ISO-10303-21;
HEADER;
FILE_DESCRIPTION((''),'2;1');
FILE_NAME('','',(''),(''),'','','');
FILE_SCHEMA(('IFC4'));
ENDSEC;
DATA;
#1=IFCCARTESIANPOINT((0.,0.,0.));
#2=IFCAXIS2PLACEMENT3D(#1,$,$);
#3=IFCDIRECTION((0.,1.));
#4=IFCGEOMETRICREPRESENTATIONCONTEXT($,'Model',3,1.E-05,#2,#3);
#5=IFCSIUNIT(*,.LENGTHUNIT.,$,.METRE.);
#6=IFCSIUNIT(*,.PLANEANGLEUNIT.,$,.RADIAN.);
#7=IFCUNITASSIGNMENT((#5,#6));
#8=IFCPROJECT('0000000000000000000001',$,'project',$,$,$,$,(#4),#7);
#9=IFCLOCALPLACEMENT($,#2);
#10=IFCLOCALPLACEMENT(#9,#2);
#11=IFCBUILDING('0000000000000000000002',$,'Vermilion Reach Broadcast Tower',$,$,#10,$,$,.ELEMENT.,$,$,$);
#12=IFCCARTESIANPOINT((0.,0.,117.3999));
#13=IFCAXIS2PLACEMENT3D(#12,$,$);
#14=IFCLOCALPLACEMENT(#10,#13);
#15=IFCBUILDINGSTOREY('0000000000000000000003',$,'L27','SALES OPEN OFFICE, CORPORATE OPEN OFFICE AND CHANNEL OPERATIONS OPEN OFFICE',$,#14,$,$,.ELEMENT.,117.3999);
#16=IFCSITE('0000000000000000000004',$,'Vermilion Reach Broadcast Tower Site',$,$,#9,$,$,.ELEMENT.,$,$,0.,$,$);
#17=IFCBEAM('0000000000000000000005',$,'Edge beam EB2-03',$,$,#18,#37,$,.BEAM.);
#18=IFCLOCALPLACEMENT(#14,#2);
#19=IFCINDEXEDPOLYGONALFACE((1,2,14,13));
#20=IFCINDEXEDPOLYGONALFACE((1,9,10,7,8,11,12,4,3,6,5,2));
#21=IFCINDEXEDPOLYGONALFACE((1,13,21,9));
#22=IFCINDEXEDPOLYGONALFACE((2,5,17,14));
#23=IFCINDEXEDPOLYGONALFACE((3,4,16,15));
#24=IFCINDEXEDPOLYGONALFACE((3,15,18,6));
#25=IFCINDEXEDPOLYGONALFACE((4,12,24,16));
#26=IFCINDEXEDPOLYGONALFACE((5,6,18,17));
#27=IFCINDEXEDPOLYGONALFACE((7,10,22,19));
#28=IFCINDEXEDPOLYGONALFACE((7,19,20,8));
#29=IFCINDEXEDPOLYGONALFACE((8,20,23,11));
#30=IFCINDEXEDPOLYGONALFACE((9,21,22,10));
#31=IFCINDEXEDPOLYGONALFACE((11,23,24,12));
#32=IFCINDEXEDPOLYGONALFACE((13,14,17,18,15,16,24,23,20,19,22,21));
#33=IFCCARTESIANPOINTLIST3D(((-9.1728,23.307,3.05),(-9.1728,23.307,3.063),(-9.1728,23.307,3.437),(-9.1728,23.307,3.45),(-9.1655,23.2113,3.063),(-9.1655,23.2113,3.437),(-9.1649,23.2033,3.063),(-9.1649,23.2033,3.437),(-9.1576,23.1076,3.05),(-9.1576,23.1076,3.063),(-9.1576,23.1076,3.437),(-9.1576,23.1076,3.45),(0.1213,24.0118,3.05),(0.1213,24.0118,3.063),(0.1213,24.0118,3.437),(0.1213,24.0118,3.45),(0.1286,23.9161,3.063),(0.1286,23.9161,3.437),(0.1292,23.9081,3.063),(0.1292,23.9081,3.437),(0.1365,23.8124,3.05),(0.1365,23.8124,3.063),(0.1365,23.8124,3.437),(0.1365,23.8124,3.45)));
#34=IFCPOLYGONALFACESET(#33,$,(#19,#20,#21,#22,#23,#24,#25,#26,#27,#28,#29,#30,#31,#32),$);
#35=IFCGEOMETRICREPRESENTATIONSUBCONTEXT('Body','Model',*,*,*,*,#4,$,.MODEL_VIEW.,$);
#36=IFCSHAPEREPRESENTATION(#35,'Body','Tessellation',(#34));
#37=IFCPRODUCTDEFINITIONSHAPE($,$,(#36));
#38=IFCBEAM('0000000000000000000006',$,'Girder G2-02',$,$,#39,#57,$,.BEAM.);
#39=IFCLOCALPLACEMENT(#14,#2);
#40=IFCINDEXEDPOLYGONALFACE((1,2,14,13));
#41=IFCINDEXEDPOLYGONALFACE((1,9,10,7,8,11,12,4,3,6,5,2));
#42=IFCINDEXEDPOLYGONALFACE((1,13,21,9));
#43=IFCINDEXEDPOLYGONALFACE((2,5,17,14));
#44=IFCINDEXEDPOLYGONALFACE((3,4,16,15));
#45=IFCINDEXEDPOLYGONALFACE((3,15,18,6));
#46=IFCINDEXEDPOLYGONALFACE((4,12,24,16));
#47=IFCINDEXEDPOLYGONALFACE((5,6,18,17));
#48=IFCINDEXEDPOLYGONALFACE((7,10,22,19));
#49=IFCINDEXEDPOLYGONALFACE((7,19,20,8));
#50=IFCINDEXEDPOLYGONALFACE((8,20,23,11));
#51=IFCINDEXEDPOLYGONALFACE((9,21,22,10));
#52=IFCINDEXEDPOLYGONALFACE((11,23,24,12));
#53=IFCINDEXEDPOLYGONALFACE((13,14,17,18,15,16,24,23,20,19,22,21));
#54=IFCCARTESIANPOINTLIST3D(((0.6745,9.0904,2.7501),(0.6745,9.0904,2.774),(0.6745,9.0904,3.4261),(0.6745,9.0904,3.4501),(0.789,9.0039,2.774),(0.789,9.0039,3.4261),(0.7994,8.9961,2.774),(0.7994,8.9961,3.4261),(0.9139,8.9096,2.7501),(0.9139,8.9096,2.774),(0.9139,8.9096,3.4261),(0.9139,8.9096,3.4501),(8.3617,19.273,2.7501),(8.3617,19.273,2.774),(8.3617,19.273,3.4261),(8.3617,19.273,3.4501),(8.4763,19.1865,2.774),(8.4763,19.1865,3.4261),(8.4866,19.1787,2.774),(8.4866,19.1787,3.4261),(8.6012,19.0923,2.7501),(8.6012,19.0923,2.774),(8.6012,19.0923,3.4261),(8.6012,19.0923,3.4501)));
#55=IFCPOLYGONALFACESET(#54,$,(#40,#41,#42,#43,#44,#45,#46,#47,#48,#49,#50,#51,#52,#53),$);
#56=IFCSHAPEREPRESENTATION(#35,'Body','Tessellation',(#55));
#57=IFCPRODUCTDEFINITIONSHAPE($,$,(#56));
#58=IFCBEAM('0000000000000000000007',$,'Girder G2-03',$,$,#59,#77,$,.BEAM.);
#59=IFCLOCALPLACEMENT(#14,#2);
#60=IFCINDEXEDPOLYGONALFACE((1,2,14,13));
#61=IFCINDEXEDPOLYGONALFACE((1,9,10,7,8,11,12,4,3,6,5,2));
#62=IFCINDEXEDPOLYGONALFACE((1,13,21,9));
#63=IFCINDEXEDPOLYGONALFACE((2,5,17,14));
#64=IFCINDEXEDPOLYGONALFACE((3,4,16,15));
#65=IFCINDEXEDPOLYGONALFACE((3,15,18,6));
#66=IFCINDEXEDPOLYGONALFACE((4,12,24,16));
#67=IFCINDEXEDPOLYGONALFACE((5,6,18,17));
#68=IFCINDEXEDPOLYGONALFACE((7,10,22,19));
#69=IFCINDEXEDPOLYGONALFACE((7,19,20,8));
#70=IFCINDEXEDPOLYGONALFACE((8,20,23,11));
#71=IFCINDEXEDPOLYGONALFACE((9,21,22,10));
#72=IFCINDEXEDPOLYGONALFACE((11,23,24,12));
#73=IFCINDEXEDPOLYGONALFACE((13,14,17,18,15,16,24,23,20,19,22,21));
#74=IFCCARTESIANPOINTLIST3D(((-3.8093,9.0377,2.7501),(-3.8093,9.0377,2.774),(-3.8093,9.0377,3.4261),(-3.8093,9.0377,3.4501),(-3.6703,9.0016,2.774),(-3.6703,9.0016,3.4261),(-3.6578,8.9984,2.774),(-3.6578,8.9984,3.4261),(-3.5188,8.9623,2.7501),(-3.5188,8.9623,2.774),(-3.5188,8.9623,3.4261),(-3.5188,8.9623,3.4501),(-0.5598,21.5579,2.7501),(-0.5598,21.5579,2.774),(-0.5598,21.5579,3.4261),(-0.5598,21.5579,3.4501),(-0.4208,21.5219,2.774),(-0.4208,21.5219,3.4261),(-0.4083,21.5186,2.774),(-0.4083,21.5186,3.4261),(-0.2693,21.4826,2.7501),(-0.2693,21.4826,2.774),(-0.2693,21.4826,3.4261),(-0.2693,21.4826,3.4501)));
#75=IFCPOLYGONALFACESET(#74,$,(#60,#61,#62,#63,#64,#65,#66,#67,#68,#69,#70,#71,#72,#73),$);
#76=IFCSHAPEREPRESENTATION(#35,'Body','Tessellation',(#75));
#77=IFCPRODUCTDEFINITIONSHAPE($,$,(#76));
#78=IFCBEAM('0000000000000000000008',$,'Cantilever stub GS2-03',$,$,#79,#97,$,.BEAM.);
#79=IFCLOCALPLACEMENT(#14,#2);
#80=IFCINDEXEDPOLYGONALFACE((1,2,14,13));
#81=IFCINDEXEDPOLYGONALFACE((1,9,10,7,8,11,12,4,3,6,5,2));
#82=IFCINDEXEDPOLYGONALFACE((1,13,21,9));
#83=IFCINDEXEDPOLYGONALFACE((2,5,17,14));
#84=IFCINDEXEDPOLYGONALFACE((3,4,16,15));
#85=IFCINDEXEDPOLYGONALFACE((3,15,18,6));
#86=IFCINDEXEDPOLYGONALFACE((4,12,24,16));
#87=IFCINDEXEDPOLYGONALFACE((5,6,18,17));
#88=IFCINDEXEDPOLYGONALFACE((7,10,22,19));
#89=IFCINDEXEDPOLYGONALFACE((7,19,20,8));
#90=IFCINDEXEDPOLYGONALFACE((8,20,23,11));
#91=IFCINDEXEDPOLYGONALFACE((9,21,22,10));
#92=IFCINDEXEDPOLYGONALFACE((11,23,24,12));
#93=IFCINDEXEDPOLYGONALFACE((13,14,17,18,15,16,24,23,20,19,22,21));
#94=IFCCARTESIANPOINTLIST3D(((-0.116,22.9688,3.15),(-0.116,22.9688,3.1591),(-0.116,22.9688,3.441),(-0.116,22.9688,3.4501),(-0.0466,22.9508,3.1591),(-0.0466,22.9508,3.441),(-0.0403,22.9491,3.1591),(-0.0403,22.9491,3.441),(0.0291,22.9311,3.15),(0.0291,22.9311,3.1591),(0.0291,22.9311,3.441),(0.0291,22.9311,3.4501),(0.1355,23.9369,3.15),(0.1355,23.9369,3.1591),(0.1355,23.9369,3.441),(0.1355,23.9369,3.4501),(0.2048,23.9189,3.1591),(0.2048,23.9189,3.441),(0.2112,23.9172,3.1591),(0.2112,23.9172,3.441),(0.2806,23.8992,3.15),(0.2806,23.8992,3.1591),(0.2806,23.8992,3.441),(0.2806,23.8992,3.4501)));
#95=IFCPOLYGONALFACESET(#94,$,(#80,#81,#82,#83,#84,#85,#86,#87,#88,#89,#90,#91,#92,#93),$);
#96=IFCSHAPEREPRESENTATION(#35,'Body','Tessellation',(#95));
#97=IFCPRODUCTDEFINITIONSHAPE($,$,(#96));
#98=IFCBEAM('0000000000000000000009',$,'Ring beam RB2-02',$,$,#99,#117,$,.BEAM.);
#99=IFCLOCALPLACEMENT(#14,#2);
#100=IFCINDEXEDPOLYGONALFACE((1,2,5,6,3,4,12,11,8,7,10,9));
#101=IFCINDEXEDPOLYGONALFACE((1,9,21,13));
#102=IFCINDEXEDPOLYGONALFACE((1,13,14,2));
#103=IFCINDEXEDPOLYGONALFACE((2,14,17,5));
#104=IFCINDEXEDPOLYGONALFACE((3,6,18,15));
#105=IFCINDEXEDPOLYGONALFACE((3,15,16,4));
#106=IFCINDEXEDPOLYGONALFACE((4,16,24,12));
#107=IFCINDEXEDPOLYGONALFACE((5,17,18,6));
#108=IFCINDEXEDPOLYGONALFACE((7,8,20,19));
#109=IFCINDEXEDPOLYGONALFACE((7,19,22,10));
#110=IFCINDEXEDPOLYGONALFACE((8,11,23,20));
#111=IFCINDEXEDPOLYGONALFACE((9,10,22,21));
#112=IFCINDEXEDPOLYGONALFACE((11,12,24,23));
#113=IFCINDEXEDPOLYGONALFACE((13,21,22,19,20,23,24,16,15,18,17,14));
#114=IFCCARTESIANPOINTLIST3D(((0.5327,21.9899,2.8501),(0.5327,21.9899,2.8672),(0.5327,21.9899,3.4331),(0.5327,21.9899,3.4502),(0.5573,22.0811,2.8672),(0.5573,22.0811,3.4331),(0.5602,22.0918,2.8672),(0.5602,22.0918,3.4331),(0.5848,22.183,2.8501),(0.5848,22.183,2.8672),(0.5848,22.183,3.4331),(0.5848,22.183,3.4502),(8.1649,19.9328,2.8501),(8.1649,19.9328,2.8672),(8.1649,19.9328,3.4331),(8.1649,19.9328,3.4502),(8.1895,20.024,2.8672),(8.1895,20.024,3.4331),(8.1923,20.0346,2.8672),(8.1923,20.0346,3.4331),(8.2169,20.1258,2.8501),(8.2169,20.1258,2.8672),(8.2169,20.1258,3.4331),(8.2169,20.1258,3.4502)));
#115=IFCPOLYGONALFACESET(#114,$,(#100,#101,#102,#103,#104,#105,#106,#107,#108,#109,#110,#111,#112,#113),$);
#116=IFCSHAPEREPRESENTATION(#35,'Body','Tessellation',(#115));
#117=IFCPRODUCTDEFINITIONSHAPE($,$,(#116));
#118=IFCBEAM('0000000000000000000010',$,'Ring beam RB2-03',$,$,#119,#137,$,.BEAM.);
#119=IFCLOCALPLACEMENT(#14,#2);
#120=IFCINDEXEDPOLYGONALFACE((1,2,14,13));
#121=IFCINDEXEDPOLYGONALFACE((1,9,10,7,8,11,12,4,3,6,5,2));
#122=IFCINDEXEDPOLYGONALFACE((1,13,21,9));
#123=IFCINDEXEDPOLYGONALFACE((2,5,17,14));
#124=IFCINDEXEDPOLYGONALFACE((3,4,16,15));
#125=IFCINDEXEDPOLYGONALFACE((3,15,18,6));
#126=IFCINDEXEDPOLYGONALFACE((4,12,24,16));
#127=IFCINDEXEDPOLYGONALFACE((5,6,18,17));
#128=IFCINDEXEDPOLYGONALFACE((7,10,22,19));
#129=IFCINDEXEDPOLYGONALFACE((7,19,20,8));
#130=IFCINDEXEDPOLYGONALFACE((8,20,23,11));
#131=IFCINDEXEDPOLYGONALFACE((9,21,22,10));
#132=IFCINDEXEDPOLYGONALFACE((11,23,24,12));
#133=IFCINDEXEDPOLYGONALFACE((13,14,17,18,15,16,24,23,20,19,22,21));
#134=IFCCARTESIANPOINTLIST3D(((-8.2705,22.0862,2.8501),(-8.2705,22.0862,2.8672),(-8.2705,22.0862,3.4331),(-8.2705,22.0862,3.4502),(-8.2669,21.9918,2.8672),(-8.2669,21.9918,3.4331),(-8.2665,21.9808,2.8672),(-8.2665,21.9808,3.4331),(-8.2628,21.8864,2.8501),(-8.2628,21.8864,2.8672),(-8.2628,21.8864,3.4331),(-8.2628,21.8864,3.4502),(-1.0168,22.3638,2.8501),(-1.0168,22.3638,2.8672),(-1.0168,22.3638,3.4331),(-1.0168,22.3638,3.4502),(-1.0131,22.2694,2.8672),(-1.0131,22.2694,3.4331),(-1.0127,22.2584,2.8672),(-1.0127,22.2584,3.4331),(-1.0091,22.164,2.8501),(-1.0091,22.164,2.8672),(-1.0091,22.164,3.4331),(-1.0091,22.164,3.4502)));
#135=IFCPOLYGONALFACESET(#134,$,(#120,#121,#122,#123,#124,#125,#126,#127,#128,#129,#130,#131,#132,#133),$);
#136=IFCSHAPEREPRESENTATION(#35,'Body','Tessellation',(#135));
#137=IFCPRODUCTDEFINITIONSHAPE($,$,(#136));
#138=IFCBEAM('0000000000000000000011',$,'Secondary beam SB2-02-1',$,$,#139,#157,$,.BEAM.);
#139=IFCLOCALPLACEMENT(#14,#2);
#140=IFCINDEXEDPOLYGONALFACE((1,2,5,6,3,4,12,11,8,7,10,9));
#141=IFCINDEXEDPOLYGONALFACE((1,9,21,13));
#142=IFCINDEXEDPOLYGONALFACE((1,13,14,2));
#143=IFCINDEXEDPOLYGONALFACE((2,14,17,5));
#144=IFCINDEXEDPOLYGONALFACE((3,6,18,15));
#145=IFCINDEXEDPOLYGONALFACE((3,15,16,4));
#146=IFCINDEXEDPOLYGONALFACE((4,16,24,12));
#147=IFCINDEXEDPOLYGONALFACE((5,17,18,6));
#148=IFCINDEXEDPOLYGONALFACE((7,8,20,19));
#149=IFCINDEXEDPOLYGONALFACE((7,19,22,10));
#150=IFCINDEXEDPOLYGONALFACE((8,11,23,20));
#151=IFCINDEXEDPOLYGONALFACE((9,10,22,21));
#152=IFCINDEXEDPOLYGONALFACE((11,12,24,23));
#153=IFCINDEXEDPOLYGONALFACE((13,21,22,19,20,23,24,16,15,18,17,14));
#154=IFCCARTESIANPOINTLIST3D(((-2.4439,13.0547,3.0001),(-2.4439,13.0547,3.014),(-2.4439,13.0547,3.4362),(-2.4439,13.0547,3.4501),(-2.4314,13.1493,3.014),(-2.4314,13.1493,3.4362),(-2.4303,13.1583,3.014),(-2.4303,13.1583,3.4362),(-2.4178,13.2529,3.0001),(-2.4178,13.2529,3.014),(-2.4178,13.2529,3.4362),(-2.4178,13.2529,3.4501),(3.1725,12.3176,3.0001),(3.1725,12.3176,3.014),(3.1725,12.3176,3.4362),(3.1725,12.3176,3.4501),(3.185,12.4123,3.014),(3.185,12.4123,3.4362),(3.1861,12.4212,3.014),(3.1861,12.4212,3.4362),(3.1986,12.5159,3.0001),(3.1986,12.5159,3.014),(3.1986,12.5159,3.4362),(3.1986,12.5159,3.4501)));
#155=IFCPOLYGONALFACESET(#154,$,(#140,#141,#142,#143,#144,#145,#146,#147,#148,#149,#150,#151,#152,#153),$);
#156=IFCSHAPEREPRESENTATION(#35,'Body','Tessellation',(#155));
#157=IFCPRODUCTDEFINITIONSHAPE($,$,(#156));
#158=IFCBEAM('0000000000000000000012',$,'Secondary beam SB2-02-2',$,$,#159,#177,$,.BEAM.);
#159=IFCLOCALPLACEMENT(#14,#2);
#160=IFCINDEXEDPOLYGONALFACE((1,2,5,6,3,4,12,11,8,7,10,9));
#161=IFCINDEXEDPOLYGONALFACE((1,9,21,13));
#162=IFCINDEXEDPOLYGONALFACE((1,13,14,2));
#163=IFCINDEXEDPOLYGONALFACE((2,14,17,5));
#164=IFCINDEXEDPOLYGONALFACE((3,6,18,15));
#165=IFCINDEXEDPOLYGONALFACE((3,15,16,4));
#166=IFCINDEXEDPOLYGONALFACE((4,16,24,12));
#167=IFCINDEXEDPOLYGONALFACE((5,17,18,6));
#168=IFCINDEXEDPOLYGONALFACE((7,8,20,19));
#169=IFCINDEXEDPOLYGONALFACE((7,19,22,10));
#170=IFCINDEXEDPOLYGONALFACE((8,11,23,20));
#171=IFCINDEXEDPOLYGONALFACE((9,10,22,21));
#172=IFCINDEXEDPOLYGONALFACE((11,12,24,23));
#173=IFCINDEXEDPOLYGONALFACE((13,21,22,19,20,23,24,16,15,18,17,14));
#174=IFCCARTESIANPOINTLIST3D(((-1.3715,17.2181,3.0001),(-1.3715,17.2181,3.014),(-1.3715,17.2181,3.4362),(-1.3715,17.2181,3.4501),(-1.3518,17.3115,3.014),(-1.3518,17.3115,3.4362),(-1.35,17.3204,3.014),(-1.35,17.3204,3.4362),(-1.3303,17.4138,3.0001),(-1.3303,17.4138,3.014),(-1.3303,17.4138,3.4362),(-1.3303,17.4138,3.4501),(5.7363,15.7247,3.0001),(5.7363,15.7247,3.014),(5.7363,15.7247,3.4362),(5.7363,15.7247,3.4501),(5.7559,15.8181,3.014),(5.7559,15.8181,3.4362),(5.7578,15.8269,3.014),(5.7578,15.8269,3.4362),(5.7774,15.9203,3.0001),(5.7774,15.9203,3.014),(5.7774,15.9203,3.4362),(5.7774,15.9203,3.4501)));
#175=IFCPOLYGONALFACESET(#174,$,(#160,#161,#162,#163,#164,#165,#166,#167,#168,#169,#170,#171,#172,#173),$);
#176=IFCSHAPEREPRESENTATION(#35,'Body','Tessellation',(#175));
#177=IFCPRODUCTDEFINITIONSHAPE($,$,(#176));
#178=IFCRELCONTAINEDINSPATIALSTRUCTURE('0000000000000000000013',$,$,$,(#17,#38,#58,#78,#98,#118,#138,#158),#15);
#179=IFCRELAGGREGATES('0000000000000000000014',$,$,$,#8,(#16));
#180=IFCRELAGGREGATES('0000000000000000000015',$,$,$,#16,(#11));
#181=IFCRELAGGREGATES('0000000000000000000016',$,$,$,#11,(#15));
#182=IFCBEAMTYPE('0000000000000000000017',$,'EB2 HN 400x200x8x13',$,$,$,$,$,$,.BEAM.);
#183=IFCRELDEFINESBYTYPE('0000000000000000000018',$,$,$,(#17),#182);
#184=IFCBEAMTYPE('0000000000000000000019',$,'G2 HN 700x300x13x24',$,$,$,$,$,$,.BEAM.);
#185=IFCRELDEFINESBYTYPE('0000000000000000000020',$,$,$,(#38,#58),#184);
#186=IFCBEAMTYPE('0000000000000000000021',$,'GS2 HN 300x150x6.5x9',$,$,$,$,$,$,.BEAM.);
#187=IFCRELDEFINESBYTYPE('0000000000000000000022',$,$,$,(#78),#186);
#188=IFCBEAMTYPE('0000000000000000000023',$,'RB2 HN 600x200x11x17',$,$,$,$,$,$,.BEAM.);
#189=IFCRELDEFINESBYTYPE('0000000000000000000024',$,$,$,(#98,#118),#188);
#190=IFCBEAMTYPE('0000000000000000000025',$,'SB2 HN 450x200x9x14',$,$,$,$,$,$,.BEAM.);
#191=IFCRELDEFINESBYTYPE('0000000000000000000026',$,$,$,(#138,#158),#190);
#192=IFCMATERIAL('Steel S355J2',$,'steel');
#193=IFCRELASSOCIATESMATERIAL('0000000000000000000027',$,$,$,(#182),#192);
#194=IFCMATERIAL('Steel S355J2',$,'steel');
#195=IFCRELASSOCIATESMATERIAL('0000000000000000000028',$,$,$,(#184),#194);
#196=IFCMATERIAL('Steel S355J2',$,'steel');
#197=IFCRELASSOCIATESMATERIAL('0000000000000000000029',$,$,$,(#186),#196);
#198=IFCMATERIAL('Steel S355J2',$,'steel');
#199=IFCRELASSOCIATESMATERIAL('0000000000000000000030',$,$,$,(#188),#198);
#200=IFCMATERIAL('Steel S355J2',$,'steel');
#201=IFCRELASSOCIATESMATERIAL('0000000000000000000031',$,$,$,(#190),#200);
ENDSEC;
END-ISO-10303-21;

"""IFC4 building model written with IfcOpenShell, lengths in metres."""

from ifc_helpers import new_model, si_unit, direction, frame, origin, origin_2d, place, context, subcontext, project, spatial, i_section, extrude, material, material_profile, profile_set, type_object, element, save


model = new_model("IFC4")

# Units and contexts
model_context = context("Model", 3, precision=1e-05, world=origin(), true_north=direction((0.0, 1.0)))
body_context = subcontext(model_context, "Body", "Model", "MODEL_VIEW")
ifc_project = project(units=[si_unit("LENGTHUNIT", "METRE"), si_unit("PLANEANGLEUNIT", "RADIAN")], contexts=[model_context])

# Site, building, storey
site_placement = place(None, origin())
site = spatial("IfcSite", under=ifc_project, at=site_placement, Name="Vermilion Reach Broadcast Tower Site", CompositionType="ELEMENT", RefElevation=0.0)
building_placement = place(site_placement, origin())
building = spatial("IfcBuilding", under=site, at=building_placement, Name="Vermilion Reach Broadcast Tower", CompositionType="ELEMENT")
storey_placement = place(building_placement, frame((0.0, 0.0, 117.3999)))
storey = spatial("IfcBuildingStorey", under=building, at=storey_placement, Name="L27", Description="SALES OPEN OFFICE, CORPORATE OPEN OFFICE AND CHANNEL OPERATIONS OPEN OFFICE", CompositionType="ELEMENT", Elevation=117.3999)

# Beams
ifc_material_1 = material(Name="Steel S355J2", Category="steel")
ifc_material_profile_1 = material_profile(ifc_material_1, i_section(OverallWidth=0.2, OverallDepth=0.3999, WebThickness=0.0081, FlangeThickness=0.0129, at=origin_2d()), Name="S355J2 HN 400x200x8x13")
ifc_profile_set_1 = profile_set([ifc_material_profile_1], Name="Steel S355J2")
beam_type_1 = type_object("IfcBeamType", Name="EB2 HN 400x200x8x13", PredefinedType="BEAM", material=ifc_profile_set_1)
beam_1_placement = place(storey_placement, frame((0.1289, 23.9121, 3.25), z_axis=(-0.997137, -0.075619, 0.0), x_axis=(0.075619, -0.997137, 0.0)))
element("IfcBeam", 1, at=beam_1_placement, inside=storey, type_object=beam_type_1, Name="Edge beam EB2-03", PredefinedType="BEAM", context=body_context, shape_type="SweptSolid", body=[
    extrude(i_section(OverallWidth=0.2, OverallDepth=0.3999, WebThickness=0.0081, FlangeThickness=0.0129, at=origin_2d()), origin(), (0.0, 0.0, 1.0), 9.3208),
])
ifc_material_2 = material(Name="Steel S355J2", Category="steel")
ifc_material_profile_2 = material_profile(ifc_material_2, i_section(OverallWidth=0.3, OverallDepth=0.7, WebThickness=0.0129, FlangeThickness=0.0239, at=origin_2d()), Name="S355J2 HN 700x300x13x24")
ifc_profile_set_2 = profile_set([ifc_material_profile_2], Name="Steel S355J2")
beam_type_2 = type_object("IfcBeamType", Name="G2 HN 700x300x13x24", PredefinedType="BEAM", material=ifc_profile_set_2)
beam_2_placement = place(storey_placement, frame((0.7942, 9.0, 3.1001), z_axis=(0.60252, 0.798104, 0.0), x_axis=(-0.798104, 0.60252, 0.0)))
element("IfcBeam", 2, at=beam_2_placement, inside=storey, type_object=beam_type_2, Name="Girder G2-02", PredefinedType="BEAM", context=body_context, shape_type="SweptSolid", body=[
    extrude(i_section(OverallWidth=0.3, OverallDepth=0.7, WebThickness=0.0129, FlangeThickness=0.0239, at=origin_2d()), origin(), (0.0, 0.0, 1.0), 12.7585),
])
beam_3_placement = place(storey_placement, frame((-3.6641, 9.0, 3.1001), z_axis=(0.251217, 0.967931, 0.0), x_axis=(-0.967931, 0.251217, 0.0)))
element("IfcBeam", 3, at=beam_3_placement, inside=storey, type_object=beam_type_2, Name="Girder G2-03", PredefinedType="BEAM", context=body_context, shape_type="SweptSolid", body=[
    extrude(i_section(OverallWidth=0.3, OverallDepth=0.7, WebThickness=0.0129, FlangeThickness=0.0239, at=origin_2d()), origin(), (0.0, 0.0, 1.0), 12.9351),
])
ifc_material_3 = material(Name="Steel S355J2", Category="steel")
ifc_material_profile_3 = material_profile(ifc_material_3, i_section(OverallWidth=0.1499, OverallDepth=0.3, WebThickness=0.0066, FlangeThickness=0.009, at=origin_2d()), Name="S355J2 HN 300x150x6.5x9")
ifc_profile_set_3 = profile_set([ifc_material_profile_3], Name="Steel S355J2")
beam_type_3 = type_object("IfcBeamType", Name="GS2 HN 300x150x6.5x9", PredefinedType="BEAM", material=ifc_profile_set_3)
beam_4_placement = place(storey_placement, frame((-0.0435, 22.95, 3.3), z_axis=(0.251428, 0.967876, 0.0), x_axis=(-0.967876, 0.251428, 0.0)))
element("IfcBeam", 4, at=beam_4_placement, inside=storey, type_object=beam_type_3, Name="Cantilever stub GS2-03", PredefinedType="BEAM", context=body_context, shape_type="SweptSolid", body=[
    extrude(i_section(OverallWidth=0.1499, OverallDepth=0.3, WebThickness=0.0066, FlangeThickness=0.009, at=origin_2d()), origin(), (0.0, 0.0, 1.0), 1.0002),
])
ifc_material_4 = material(Name="Steel S355J2", Category="steel")
ifc_material_profile_4 = material_profile(ifc_material_4, i_section(OverallWidth=0.2, OverallDepth=0.6001, WebThickness=0.011, FlangeThickness=0.0171, at=origin_2d()), Name="S355J2 HN 600x200x11x17")
ifc_profile_set_4 = profile_set([ifc_material_profile_4], Name="Steel S355J2")
beam_type_4 = type_object("IfcBeamType", Name="RB2 HN 600x200x11x17", PredefinedType="BEAM", material=ifc_profile_set_4)
beam_5_placement = place(storey_placement, frame((8.1909, 20.0293, 3.1501), z_axis=(-0.965541, 0.260249, 0.0), x_axis=(-0.260249, -0.965541, 0.0)))
element("IfcBeam", 5, at=beam_5_placement, inside=storey, type_object=beam_type_4, Name="Ring beam RB2-02", PredefinedType="BEAM", context=body_context, shape_type="SweptSolid", body=[
    extrude(i_section(OverallWidth=0.2, OverallDepth=0.6001, WebThickness=0.011, FlangeThickness=0.0171, at=origin_2d()), origin(), (0.0, 0.0, 1.0), 7.9045),
])
beam_6_placement = place(storey_placement, frame((-1.0129, 22.2639, 3.1501), z_axis=(-0.999269, -0.038241, 0.0), x_axis=(0.038241, -0.999269, 0.0)))
element("IfcBeam", 6, at=beam_6_placement, inside=storey, type_object=beam_type_4, Name="Ring beam RB2-03", PredefinedType="BEAM", context=body_context, shape_type="SweptSolid", body=[
    extrude(i_section(OverallWidth=0.2, OverallDepth=0.6001, WebThickness=0.011, FlangeThickness=0.0171, at=origin_2d()), origin(), (0.0, 0.0, 1.0), 7.259),
])
ifc_material_5 = material(Name="Steel S355J2", Category="steel")
ifc_material_profile_5 = material_profile(ifc_material_5, i_section(OverallWidth=0.2, OverallDepth=0.45, WebThickness=0.009, FlangeThickness=0.0139, at=origin_2d()), Name="S355J2 HN 450x200x9x14")
ifc_profile_set_5 = profile_set([ifc_material_profile_5], Name="Steel S355J2")
beam_type_5 = type_object("IfcBeamType", Name="SB2 HN 450x200x9x14", PredefinedType="BEAM", material=ifc_profile_set_5)
beam_7_placement = place(storey_placement, frame((3.1855, 12.4167, 3.2251), z_axis=(-0.991499, 0.130117, 0.0), x_axis=(-0.130117, -0.991499, 0.0)))
element("IfcBeam", 7, at=beam_7_placement, inside=storey, type_object=beam_type_5, Name="Secondary beam SB2-02-1", PredefinedType="BEAM", context=body_context, shape_type="SweptSolid", body=[
    extrude(i_section(OverallWidth=0.2, OverallDepth=0.45, WebThickness=0.009, FlangeThickness=0.0139, at=origin_2d()), origin(), (0.0, 0.0, 1.0), 5.6646),
])
beam_8_placement = place(storey_placement, frame((5.7568, 15.8225, 3.2251), z_axis=(-0.978631, 0.205623, 0.0), x_axis=(-0.205623, -0.978631, 0.0)))
element("IfcBeam", 8, at=beam_8_placement, inside=storey, type_object=beam_type_5, Name="Secondary beam SB2-02-2", PredefinedType="BEAM", context=body_context, shape_type="SweptSolid", body=[
    extrude(i_section(OverallWidth=0.2, OverallDepth=0.45, WebThickness=0.009, FlangeThickness=0.0139, at=origin_2d()), origin(), (0.0, 0.0, 1.0), 7.2629),
])

save(model, "model.ifc")
